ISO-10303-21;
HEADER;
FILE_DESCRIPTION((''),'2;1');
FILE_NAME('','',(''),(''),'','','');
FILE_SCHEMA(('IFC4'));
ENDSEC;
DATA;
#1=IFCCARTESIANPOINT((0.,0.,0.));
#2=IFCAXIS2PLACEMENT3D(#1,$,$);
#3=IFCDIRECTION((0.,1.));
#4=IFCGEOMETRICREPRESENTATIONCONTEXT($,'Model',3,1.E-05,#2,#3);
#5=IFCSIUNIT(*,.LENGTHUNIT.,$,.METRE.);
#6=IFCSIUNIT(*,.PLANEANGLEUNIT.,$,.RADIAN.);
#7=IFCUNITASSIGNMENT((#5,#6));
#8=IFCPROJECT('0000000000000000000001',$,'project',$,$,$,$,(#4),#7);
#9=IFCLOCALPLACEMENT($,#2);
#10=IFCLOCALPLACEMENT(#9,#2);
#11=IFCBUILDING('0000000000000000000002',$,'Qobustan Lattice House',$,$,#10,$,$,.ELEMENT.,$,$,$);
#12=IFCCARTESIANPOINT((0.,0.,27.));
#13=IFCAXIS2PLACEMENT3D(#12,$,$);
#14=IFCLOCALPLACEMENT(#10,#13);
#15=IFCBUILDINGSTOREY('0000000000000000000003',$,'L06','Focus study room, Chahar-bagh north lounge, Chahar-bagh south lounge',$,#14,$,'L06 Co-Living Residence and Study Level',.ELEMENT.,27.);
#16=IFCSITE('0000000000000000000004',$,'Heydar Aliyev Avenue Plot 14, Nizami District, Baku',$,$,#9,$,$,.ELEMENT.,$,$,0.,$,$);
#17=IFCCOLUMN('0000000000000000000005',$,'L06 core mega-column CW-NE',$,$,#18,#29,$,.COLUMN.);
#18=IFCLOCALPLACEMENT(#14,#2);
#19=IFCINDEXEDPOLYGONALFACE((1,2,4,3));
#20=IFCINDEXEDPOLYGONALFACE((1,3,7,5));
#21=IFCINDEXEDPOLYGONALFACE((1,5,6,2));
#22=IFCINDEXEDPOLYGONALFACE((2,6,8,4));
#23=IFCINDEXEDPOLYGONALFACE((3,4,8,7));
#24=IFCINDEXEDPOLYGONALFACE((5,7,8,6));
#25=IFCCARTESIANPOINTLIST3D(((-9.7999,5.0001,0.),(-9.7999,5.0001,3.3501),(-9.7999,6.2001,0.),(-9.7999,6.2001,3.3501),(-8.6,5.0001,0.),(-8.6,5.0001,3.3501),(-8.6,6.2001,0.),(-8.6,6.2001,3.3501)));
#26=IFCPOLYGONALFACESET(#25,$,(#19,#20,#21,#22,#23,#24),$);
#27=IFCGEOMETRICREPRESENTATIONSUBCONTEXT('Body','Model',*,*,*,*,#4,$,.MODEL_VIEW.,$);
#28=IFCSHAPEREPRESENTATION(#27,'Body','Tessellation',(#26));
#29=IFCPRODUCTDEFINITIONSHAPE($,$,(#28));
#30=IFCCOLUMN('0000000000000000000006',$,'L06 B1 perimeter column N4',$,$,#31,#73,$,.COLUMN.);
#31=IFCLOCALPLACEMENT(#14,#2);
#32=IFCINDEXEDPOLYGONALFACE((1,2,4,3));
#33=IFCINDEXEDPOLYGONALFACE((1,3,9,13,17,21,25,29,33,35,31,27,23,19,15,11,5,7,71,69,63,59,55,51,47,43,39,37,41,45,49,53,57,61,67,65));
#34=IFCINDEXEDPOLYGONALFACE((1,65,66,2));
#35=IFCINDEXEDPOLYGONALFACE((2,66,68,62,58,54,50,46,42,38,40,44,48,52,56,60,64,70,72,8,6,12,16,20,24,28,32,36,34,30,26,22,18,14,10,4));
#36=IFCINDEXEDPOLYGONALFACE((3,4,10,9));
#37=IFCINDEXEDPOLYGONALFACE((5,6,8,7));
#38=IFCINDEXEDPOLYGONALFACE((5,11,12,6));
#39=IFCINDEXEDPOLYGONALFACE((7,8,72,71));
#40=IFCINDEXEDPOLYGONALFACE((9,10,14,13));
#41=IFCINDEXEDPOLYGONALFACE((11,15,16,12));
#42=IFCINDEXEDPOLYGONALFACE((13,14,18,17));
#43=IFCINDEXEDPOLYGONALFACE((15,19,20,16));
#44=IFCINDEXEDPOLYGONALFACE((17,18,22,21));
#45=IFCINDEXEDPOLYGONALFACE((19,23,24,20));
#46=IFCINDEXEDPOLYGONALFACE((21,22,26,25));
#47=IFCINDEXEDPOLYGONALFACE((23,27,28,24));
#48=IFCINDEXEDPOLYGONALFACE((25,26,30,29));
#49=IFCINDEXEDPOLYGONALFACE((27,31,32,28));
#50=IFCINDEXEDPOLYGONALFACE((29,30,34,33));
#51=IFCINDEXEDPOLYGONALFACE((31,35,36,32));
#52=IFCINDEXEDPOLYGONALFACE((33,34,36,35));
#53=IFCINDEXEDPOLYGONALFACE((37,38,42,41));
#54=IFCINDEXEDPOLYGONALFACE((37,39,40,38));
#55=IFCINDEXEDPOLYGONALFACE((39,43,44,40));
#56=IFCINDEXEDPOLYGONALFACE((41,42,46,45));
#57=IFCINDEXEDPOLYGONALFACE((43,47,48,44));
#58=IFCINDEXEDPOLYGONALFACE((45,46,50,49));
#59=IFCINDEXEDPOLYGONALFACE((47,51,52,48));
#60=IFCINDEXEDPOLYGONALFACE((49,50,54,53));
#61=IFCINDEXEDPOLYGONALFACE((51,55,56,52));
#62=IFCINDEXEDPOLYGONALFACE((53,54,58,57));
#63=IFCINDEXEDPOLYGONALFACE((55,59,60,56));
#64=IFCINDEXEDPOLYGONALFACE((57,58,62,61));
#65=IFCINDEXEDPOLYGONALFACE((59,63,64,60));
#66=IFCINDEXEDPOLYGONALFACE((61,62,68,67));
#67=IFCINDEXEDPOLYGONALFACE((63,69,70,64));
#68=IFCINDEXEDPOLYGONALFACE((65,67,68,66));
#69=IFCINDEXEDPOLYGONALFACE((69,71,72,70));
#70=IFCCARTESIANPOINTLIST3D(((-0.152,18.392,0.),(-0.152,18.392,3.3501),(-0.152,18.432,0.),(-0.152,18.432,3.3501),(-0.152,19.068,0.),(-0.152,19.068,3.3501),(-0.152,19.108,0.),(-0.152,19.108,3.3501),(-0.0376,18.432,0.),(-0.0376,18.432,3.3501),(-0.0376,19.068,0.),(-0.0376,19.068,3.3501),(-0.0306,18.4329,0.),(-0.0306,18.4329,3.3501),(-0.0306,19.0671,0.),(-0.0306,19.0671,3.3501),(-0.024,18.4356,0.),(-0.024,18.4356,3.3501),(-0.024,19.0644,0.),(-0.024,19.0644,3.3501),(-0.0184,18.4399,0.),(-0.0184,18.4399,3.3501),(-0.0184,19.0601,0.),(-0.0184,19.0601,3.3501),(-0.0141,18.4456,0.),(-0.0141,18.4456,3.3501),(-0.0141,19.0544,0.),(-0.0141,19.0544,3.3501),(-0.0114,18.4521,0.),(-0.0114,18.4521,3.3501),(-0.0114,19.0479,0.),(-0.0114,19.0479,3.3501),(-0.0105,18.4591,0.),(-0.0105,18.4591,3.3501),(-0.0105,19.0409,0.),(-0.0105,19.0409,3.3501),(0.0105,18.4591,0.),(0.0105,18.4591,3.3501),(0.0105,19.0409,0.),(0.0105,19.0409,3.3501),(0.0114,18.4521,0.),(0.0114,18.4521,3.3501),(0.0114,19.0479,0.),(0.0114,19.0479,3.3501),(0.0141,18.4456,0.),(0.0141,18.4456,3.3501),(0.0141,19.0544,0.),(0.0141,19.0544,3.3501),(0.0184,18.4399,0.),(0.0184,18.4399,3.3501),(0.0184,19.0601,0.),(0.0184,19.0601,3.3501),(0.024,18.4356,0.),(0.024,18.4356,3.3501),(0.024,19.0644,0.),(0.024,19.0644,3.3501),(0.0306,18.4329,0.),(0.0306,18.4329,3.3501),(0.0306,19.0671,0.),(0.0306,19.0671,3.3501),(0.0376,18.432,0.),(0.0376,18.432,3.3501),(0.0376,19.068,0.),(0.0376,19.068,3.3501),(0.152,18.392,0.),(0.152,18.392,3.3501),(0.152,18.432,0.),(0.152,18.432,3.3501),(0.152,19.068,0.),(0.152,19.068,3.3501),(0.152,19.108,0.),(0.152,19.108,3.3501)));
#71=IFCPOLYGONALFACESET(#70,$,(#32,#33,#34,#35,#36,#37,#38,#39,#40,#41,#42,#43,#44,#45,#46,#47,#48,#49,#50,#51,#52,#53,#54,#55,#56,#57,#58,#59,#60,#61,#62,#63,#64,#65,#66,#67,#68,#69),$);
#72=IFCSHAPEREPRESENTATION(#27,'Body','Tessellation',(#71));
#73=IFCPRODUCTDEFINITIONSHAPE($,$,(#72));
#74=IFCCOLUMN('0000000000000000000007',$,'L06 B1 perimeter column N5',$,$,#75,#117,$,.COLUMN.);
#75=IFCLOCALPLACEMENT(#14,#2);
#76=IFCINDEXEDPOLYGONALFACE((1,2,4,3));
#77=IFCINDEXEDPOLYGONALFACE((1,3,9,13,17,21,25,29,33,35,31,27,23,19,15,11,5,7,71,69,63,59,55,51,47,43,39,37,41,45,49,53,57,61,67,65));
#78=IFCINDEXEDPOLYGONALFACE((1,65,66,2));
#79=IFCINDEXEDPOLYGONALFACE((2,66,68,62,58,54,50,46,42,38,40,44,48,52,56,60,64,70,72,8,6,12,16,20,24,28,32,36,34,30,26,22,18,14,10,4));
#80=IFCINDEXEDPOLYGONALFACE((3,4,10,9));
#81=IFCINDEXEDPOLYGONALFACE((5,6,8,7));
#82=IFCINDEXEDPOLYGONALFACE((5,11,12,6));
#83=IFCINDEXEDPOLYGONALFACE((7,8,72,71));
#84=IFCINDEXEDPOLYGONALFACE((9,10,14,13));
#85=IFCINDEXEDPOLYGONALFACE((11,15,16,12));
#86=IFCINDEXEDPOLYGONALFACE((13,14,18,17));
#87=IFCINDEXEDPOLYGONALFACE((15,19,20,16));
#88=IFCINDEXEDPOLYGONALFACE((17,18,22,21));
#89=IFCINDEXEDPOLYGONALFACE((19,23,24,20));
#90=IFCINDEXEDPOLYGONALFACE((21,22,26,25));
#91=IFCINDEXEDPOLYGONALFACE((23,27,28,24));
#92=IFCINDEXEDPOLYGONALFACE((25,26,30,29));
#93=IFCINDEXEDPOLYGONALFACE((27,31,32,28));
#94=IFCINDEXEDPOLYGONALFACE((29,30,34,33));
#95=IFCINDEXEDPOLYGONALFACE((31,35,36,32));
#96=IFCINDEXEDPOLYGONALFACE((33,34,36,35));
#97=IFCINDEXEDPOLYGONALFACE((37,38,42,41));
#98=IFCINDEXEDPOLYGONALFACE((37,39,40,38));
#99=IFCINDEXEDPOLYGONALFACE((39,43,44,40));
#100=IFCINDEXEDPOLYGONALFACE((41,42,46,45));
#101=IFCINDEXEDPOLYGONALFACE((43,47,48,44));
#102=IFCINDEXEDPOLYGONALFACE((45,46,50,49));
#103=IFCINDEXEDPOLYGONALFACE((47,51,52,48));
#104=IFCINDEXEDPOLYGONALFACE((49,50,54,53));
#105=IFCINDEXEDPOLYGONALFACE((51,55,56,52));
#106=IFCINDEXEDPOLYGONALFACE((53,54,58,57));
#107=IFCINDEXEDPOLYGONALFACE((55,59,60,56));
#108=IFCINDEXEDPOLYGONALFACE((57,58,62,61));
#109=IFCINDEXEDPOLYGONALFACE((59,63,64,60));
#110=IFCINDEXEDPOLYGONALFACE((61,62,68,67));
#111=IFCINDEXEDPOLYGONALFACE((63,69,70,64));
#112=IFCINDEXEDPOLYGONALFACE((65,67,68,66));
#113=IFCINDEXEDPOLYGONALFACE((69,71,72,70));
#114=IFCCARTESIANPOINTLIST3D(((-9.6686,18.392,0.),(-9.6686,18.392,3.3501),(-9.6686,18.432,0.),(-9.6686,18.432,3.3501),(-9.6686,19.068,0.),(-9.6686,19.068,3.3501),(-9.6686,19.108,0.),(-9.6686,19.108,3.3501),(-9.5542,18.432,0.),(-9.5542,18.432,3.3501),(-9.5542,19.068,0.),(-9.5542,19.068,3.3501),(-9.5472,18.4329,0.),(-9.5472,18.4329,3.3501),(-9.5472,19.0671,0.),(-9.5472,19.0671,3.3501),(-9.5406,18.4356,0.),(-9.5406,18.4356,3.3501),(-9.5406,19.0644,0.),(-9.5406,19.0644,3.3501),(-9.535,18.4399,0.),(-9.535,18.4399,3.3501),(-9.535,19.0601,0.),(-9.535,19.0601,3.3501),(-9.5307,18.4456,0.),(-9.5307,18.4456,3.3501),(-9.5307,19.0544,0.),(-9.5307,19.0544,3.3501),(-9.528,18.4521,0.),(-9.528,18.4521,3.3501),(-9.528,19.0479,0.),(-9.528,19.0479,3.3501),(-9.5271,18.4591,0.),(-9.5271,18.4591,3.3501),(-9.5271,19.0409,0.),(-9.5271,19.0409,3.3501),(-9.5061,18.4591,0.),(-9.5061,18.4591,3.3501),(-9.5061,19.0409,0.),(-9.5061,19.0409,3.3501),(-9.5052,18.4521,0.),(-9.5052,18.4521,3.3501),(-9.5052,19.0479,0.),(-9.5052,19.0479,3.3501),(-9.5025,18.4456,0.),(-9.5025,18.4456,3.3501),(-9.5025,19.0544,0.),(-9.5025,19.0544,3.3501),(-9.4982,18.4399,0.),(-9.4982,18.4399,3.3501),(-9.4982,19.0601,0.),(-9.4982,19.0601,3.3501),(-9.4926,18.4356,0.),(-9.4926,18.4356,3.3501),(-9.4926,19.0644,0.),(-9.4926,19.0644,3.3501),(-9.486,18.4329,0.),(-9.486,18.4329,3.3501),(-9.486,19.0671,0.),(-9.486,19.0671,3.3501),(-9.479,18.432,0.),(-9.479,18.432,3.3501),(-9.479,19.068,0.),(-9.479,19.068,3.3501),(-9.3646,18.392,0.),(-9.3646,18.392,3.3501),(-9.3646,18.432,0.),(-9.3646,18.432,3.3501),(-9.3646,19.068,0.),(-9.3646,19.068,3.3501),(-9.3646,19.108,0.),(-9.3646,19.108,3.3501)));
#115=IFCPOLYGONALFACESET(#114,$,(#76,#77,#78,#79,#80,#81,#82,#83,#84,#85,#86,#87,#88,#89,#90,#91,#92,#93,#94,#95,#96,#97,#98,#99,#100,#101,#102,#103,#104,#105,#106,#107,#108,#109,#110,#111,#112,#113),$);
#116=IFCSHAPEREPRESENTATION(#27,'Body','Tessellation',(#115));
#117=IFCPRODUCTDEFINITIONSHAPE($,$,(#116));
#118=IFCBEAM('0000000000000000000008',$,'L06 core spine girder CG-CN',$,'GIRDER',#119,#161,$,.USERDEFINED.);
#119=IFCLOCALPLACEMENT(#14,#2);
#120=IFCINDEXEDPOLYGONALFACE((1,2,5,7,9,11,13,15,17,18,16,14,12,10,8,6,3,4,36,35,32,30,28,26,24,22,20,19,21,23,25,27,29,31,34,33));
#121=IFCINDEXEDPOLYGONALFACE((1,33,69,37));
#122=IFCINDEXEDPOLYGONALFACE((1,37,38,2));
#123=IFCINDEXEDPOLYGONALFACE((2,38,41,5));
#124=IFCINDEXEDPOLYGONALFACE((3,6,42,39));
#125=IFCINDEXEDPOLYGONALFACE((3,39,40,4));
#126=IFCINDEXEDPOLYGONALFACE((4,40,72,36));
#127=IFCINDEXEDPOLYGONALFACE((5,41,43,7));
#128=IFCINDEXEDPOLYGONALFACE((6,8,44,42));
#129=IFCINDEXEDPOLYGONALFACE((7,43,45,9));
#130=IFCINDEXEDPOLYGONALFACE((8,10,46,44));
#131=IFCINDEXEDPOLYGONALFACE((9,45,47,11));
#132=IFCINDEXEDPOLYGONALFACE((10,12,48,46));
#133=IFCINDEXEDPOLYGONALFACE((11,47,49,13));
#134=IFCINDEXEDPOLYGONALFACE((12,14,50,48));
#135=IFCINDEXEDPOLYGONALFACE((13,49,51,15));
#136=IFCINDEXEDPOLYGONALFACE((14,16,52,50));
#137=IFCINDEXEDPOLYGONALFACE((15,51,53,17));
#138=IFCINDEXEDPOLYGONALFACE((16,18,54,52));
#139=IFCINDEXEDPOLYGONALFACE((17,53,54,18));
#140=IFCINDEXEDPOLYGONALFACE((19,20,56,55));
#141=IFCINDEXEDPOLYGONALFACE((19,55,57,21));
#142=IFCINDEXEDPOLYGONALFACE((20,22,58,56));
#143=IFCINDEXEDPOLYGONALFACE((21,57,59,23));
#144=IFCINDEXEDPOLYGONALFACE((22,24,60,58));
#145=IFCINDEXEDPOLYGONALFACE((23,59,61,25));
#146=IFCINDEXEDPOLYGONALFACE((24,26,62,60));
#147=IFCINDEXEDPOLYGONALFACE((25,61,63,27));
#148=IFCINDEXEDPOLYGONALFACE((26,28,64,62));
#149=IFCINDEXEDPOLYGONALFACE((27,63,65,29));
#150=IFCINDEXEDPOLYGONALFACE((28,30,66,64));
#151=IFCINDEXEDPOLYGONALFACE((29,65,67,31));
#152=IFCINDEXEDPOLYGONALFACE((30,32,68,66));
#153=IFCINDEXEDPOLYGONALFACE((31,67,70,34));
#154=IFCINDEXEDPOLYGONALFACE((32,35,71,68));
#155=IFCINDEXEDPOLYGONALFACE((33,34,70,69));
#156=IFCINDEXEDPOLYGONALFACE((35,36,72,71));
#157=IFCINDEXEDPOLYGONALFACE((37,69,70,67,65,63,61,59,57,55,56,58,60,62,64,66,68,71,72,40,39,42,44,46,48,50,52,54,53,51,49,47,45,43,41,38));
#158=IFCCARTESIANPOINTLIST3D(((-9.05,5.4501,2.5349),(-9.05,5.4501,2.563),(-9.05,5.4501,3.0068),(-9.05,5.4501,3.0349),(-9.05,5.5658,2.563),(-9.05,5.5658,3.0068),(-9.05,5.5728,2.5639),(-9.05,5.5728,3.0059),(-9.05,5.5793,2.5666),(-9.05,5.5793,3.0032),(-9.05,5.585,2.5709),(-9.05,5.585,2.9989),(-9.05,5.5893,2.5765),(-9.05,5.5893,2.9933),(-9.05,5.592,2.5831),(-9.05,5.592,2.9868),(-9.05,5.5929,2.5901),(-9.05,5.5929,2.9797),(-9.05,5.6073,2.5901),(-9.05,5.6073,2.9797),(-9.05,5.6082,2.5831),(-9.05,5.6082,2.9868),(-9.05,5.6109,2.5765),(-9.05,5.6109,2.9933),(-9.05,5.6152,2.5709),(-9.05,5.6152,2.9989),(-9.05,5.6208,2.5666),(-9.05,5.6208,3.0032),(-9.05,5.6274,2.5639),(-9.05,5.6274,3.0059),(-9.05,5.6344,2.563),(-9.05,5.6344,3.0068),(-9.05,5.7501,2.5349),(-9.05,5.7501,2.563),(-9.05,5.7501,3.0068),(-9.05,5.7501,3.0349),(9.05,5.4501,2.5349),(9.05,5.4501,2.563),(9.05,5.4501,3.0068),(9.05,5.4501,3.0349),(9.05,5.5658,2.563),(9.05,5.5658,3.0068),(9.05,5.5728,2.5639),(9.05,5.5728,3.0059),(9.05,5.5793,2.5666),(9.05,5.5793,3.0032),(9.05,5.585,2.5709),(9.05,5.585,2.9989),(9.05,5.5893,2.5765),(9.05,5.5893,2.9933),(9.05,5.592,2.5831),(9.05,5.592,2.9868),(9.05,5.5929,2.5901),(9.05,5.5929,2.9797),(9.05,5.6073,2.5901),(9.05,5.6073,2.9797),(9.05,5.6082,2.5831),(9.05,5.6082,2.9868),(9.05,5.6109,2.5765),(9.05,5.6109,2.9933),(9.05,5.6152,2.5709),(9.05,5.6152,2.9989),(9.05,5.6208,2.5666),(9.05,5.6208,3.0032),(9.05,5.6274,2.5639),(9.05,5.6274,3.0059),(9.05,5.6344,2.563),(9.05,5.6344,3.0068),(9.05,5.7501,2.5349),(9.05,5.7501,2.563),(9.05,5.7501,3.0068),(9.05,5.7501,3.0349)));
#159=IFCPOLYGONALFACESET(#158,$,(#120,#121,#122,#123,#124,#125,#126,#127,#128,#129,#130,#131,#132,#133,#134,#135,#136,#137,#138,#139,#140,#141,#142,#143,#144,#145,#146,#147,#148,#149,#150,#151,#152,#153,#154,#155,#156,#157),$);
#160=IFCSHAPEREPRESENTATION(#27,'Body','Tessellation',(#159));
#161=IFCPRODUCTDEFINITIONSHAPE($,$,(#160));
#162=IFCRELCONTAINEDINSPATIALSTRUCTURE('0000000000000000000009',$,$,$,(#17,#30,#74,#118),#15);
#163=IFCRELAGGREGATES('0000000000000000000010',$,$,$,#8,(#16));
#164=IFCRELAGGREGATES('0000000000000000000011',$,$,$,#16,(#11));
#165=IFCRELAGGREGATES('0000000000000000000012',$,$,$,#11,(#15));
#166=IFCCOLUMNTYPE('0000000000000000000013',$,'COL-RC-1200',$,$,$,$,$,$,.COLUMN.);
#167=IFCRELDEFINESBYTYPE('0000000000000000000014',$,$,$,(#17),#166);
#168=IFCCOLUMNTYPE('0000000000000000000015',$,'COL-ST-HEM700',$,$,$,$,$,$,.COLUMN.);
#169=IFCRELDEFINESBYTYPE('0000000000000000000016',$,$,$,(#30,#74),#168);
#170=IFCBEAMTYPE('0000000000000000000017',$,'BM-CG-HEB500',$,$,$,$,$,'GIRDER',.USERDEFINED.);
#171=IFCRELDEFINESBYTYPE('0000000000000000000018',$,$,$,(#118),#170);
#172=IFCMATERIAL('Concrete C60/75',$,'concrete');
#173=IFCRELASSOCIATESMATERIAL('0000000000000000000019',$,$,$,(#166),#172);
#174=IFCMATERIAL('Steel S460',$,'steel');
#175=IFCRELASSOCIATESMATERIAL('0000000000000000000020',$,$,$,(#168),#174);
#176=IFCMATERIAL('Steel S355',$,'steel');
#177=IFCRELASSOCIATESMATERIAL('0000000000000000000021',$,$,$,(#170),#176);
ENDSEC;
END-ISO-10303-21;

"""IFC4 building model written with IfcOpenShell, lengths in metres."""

from ifc_helpers import new_model, si_unit, direction, frame, origin, origin_2d, place, context, subcontext, project, spatial, rectangle, i_section, extrude, material, material_profile, profile_set, type_object, element, save


model = new_model("IFC4")

# Units and contexts
model_context = context("Model", 3, precision=1e-05, world=origin(), true_north=direction((0.0, 1.0)))
body_context = subcontext(model_context, "Body", "Model", "MODEL_VIEW")
ifc_project = project(units=[si_unit("LENGTHUNIT", "METRE"), si_unit("PLANEANGLEUNIT", "RADIAN")], contexts=[model_context])

# Site, building, storey
site_placement = place(None, origin())
site = spatial("IfcSite", under=ifc_project, at=site_placement, Name="Heydar Aliyev Avenue Plot 14, Nizami District, Baku", CompositionType="ELEMENT", RefElevation=0.0)
building_placement = place(site_placement, origin())
building = spatial("IfcBuilding", under=site, at=building_placement, Name="Qobustan Lattice House", CompositionType="ELEMENT")
storey_placement = place(building_placement, frame((0.0, 0.0, 27.0)))
storey = spatial("IfcBuildingStorey", under=building, at=storey_placement, Name="L06", Description="Focus study room, Chahar-bagh north lounge, Chahar-bagh south lounge", LongName="L06 Co-Living Residence and Study Level", CompositionType="ELEMENT", Elevation=27.0)

# Columns
ifc_material_1 = material(Name="Concrete C60/75", Category="concrete")
ifc_material_profile_1 = material_profile(ifc_material_1, rectangle(XDim=1.2, YDim=1.2, at=origin_2d()), Name="RC1200x1200")
ifc_profile_set_1 = profile_set([ifc_material_profile_1], Name="Concrete C60/75")
column_type_1 = type_object("IfcColumnType", Name="COL-RC-1200", PredefinedType="COLUMN", material=ifc_profile_set_1)
column_placement = place(storey_placement, frame((-9.2, 5.6001, 0.0), z_axis=(0.0, 0.0, 1.0), x_axis=(1.0, 0.0, 0.0)))
element("IfcColumn", 1, at=column_placement, inside=storey, type_object=column_type_1, Name="L06 core mega-column CW-NE", PredefinedType="COLUMN", context=body_context, shape_type="SweptSolid", body=[
    extrude(rectangle(XDim=1.2, YDim=1.2, at=origin_2d()), origin(), (0.0, 0.0, 1.0), 3.3501),
])
ifc_material_2 = material(Name="Steel S460", Category="steel")
ifc_material_profile_2 = material_profile(ifc_material_2, i_section(OverallWidth=0.304, OverallDepth=0.7161, WebThickness=0.021, FlangeThickness=0.04, FilletRadius=0.0271, at=origin_2d()), Name="HEM700")
ifc_profile_set_2 = profile_set([ifc_material_profile_2], Name="Steel S460")
column_type_2 = type_object("IfcColumnType", Name="COL-ST-HEM700", PredefinedType="COLUMN", material=ifc_profile_set_2)
for number, where, z_axis, x_axis, name in (
    (2, (0.0, 18.75, 0.0), (0.0, 0.0, 1.0), (1.0, 0.0, 0.0), "L06 B1 perimeter column N4"),
    (3, (-9.5166, 18.75, 0.0), (0.0, 0.0, 1.0), (1.0, 0.0, 0.0), "L06 B1 perimeter column N5"),
):
    element("IfcColumn", number, at=place(storey_placement, frame(where, z_axis=z_axis, x_axis=x_axis)), inside=storey, type_object=column_type_2, Name=name, PredefinedType="COLUMN", context=body_context, shape_type="SweptSolid", body=[
        extrude(i_section(OverallWidth=0.304, OverallDepth=0.7161, WebThickness=0.021, FlangeThickness=0.04, FilletRadius=0.0271, at=origin_2d()), origin(), (0.0, 0.0, 1.0), 3.3501),
    ])

# Beam
ifc_material_3 = material(Name="Steel S355", Category="steel")
ifc_material_profile_3 = material_profile(ifc_material_3, i_section(OverallWidth=0.3, OverallDepth=0.5, WebThickness=0.0144, FlangeThickness=0.0281, FilletRadius=0.0271, at=origin_2d()), Name="HEB500")
ifc_profile_set_3 = profile_set([ifc_material_profile_3], Name="Steel S355")
beam_type_1 = type_object("IfcBeamType", Name="BM-CG-HEB500", ElementType="GIRDER", PredefinedType="USERDEFINED", material=ifc_profile_set_3)
beam_1_placement = place(storey_placement, frame((-9.05, 5.6001, 2.7849), z_axis=(1.0, 0.0, 0.0), x_axis=(0.0, 1.0, 0.0)))
element("IfcBeam", 4, at=beam_1_placement, inside=storey, type_object=beam_type_1, Name="L06 core spine girder CG-CN", ObjectType="GIRDER", PredefinedType="USERDEFINED", context=body_context, shape_type="SweptSolid", body=[
    extrude(i_section(OverallWidth=0.3, OverallDepth=0.5, WebThickness=0.0144, FlangeThickness=0.0281, FilletRadius=0.0271, at=origin_2d()), origin(), (0.0, 0.0, 1.0), 18.1001),
])

save(model, "model.ifc")
